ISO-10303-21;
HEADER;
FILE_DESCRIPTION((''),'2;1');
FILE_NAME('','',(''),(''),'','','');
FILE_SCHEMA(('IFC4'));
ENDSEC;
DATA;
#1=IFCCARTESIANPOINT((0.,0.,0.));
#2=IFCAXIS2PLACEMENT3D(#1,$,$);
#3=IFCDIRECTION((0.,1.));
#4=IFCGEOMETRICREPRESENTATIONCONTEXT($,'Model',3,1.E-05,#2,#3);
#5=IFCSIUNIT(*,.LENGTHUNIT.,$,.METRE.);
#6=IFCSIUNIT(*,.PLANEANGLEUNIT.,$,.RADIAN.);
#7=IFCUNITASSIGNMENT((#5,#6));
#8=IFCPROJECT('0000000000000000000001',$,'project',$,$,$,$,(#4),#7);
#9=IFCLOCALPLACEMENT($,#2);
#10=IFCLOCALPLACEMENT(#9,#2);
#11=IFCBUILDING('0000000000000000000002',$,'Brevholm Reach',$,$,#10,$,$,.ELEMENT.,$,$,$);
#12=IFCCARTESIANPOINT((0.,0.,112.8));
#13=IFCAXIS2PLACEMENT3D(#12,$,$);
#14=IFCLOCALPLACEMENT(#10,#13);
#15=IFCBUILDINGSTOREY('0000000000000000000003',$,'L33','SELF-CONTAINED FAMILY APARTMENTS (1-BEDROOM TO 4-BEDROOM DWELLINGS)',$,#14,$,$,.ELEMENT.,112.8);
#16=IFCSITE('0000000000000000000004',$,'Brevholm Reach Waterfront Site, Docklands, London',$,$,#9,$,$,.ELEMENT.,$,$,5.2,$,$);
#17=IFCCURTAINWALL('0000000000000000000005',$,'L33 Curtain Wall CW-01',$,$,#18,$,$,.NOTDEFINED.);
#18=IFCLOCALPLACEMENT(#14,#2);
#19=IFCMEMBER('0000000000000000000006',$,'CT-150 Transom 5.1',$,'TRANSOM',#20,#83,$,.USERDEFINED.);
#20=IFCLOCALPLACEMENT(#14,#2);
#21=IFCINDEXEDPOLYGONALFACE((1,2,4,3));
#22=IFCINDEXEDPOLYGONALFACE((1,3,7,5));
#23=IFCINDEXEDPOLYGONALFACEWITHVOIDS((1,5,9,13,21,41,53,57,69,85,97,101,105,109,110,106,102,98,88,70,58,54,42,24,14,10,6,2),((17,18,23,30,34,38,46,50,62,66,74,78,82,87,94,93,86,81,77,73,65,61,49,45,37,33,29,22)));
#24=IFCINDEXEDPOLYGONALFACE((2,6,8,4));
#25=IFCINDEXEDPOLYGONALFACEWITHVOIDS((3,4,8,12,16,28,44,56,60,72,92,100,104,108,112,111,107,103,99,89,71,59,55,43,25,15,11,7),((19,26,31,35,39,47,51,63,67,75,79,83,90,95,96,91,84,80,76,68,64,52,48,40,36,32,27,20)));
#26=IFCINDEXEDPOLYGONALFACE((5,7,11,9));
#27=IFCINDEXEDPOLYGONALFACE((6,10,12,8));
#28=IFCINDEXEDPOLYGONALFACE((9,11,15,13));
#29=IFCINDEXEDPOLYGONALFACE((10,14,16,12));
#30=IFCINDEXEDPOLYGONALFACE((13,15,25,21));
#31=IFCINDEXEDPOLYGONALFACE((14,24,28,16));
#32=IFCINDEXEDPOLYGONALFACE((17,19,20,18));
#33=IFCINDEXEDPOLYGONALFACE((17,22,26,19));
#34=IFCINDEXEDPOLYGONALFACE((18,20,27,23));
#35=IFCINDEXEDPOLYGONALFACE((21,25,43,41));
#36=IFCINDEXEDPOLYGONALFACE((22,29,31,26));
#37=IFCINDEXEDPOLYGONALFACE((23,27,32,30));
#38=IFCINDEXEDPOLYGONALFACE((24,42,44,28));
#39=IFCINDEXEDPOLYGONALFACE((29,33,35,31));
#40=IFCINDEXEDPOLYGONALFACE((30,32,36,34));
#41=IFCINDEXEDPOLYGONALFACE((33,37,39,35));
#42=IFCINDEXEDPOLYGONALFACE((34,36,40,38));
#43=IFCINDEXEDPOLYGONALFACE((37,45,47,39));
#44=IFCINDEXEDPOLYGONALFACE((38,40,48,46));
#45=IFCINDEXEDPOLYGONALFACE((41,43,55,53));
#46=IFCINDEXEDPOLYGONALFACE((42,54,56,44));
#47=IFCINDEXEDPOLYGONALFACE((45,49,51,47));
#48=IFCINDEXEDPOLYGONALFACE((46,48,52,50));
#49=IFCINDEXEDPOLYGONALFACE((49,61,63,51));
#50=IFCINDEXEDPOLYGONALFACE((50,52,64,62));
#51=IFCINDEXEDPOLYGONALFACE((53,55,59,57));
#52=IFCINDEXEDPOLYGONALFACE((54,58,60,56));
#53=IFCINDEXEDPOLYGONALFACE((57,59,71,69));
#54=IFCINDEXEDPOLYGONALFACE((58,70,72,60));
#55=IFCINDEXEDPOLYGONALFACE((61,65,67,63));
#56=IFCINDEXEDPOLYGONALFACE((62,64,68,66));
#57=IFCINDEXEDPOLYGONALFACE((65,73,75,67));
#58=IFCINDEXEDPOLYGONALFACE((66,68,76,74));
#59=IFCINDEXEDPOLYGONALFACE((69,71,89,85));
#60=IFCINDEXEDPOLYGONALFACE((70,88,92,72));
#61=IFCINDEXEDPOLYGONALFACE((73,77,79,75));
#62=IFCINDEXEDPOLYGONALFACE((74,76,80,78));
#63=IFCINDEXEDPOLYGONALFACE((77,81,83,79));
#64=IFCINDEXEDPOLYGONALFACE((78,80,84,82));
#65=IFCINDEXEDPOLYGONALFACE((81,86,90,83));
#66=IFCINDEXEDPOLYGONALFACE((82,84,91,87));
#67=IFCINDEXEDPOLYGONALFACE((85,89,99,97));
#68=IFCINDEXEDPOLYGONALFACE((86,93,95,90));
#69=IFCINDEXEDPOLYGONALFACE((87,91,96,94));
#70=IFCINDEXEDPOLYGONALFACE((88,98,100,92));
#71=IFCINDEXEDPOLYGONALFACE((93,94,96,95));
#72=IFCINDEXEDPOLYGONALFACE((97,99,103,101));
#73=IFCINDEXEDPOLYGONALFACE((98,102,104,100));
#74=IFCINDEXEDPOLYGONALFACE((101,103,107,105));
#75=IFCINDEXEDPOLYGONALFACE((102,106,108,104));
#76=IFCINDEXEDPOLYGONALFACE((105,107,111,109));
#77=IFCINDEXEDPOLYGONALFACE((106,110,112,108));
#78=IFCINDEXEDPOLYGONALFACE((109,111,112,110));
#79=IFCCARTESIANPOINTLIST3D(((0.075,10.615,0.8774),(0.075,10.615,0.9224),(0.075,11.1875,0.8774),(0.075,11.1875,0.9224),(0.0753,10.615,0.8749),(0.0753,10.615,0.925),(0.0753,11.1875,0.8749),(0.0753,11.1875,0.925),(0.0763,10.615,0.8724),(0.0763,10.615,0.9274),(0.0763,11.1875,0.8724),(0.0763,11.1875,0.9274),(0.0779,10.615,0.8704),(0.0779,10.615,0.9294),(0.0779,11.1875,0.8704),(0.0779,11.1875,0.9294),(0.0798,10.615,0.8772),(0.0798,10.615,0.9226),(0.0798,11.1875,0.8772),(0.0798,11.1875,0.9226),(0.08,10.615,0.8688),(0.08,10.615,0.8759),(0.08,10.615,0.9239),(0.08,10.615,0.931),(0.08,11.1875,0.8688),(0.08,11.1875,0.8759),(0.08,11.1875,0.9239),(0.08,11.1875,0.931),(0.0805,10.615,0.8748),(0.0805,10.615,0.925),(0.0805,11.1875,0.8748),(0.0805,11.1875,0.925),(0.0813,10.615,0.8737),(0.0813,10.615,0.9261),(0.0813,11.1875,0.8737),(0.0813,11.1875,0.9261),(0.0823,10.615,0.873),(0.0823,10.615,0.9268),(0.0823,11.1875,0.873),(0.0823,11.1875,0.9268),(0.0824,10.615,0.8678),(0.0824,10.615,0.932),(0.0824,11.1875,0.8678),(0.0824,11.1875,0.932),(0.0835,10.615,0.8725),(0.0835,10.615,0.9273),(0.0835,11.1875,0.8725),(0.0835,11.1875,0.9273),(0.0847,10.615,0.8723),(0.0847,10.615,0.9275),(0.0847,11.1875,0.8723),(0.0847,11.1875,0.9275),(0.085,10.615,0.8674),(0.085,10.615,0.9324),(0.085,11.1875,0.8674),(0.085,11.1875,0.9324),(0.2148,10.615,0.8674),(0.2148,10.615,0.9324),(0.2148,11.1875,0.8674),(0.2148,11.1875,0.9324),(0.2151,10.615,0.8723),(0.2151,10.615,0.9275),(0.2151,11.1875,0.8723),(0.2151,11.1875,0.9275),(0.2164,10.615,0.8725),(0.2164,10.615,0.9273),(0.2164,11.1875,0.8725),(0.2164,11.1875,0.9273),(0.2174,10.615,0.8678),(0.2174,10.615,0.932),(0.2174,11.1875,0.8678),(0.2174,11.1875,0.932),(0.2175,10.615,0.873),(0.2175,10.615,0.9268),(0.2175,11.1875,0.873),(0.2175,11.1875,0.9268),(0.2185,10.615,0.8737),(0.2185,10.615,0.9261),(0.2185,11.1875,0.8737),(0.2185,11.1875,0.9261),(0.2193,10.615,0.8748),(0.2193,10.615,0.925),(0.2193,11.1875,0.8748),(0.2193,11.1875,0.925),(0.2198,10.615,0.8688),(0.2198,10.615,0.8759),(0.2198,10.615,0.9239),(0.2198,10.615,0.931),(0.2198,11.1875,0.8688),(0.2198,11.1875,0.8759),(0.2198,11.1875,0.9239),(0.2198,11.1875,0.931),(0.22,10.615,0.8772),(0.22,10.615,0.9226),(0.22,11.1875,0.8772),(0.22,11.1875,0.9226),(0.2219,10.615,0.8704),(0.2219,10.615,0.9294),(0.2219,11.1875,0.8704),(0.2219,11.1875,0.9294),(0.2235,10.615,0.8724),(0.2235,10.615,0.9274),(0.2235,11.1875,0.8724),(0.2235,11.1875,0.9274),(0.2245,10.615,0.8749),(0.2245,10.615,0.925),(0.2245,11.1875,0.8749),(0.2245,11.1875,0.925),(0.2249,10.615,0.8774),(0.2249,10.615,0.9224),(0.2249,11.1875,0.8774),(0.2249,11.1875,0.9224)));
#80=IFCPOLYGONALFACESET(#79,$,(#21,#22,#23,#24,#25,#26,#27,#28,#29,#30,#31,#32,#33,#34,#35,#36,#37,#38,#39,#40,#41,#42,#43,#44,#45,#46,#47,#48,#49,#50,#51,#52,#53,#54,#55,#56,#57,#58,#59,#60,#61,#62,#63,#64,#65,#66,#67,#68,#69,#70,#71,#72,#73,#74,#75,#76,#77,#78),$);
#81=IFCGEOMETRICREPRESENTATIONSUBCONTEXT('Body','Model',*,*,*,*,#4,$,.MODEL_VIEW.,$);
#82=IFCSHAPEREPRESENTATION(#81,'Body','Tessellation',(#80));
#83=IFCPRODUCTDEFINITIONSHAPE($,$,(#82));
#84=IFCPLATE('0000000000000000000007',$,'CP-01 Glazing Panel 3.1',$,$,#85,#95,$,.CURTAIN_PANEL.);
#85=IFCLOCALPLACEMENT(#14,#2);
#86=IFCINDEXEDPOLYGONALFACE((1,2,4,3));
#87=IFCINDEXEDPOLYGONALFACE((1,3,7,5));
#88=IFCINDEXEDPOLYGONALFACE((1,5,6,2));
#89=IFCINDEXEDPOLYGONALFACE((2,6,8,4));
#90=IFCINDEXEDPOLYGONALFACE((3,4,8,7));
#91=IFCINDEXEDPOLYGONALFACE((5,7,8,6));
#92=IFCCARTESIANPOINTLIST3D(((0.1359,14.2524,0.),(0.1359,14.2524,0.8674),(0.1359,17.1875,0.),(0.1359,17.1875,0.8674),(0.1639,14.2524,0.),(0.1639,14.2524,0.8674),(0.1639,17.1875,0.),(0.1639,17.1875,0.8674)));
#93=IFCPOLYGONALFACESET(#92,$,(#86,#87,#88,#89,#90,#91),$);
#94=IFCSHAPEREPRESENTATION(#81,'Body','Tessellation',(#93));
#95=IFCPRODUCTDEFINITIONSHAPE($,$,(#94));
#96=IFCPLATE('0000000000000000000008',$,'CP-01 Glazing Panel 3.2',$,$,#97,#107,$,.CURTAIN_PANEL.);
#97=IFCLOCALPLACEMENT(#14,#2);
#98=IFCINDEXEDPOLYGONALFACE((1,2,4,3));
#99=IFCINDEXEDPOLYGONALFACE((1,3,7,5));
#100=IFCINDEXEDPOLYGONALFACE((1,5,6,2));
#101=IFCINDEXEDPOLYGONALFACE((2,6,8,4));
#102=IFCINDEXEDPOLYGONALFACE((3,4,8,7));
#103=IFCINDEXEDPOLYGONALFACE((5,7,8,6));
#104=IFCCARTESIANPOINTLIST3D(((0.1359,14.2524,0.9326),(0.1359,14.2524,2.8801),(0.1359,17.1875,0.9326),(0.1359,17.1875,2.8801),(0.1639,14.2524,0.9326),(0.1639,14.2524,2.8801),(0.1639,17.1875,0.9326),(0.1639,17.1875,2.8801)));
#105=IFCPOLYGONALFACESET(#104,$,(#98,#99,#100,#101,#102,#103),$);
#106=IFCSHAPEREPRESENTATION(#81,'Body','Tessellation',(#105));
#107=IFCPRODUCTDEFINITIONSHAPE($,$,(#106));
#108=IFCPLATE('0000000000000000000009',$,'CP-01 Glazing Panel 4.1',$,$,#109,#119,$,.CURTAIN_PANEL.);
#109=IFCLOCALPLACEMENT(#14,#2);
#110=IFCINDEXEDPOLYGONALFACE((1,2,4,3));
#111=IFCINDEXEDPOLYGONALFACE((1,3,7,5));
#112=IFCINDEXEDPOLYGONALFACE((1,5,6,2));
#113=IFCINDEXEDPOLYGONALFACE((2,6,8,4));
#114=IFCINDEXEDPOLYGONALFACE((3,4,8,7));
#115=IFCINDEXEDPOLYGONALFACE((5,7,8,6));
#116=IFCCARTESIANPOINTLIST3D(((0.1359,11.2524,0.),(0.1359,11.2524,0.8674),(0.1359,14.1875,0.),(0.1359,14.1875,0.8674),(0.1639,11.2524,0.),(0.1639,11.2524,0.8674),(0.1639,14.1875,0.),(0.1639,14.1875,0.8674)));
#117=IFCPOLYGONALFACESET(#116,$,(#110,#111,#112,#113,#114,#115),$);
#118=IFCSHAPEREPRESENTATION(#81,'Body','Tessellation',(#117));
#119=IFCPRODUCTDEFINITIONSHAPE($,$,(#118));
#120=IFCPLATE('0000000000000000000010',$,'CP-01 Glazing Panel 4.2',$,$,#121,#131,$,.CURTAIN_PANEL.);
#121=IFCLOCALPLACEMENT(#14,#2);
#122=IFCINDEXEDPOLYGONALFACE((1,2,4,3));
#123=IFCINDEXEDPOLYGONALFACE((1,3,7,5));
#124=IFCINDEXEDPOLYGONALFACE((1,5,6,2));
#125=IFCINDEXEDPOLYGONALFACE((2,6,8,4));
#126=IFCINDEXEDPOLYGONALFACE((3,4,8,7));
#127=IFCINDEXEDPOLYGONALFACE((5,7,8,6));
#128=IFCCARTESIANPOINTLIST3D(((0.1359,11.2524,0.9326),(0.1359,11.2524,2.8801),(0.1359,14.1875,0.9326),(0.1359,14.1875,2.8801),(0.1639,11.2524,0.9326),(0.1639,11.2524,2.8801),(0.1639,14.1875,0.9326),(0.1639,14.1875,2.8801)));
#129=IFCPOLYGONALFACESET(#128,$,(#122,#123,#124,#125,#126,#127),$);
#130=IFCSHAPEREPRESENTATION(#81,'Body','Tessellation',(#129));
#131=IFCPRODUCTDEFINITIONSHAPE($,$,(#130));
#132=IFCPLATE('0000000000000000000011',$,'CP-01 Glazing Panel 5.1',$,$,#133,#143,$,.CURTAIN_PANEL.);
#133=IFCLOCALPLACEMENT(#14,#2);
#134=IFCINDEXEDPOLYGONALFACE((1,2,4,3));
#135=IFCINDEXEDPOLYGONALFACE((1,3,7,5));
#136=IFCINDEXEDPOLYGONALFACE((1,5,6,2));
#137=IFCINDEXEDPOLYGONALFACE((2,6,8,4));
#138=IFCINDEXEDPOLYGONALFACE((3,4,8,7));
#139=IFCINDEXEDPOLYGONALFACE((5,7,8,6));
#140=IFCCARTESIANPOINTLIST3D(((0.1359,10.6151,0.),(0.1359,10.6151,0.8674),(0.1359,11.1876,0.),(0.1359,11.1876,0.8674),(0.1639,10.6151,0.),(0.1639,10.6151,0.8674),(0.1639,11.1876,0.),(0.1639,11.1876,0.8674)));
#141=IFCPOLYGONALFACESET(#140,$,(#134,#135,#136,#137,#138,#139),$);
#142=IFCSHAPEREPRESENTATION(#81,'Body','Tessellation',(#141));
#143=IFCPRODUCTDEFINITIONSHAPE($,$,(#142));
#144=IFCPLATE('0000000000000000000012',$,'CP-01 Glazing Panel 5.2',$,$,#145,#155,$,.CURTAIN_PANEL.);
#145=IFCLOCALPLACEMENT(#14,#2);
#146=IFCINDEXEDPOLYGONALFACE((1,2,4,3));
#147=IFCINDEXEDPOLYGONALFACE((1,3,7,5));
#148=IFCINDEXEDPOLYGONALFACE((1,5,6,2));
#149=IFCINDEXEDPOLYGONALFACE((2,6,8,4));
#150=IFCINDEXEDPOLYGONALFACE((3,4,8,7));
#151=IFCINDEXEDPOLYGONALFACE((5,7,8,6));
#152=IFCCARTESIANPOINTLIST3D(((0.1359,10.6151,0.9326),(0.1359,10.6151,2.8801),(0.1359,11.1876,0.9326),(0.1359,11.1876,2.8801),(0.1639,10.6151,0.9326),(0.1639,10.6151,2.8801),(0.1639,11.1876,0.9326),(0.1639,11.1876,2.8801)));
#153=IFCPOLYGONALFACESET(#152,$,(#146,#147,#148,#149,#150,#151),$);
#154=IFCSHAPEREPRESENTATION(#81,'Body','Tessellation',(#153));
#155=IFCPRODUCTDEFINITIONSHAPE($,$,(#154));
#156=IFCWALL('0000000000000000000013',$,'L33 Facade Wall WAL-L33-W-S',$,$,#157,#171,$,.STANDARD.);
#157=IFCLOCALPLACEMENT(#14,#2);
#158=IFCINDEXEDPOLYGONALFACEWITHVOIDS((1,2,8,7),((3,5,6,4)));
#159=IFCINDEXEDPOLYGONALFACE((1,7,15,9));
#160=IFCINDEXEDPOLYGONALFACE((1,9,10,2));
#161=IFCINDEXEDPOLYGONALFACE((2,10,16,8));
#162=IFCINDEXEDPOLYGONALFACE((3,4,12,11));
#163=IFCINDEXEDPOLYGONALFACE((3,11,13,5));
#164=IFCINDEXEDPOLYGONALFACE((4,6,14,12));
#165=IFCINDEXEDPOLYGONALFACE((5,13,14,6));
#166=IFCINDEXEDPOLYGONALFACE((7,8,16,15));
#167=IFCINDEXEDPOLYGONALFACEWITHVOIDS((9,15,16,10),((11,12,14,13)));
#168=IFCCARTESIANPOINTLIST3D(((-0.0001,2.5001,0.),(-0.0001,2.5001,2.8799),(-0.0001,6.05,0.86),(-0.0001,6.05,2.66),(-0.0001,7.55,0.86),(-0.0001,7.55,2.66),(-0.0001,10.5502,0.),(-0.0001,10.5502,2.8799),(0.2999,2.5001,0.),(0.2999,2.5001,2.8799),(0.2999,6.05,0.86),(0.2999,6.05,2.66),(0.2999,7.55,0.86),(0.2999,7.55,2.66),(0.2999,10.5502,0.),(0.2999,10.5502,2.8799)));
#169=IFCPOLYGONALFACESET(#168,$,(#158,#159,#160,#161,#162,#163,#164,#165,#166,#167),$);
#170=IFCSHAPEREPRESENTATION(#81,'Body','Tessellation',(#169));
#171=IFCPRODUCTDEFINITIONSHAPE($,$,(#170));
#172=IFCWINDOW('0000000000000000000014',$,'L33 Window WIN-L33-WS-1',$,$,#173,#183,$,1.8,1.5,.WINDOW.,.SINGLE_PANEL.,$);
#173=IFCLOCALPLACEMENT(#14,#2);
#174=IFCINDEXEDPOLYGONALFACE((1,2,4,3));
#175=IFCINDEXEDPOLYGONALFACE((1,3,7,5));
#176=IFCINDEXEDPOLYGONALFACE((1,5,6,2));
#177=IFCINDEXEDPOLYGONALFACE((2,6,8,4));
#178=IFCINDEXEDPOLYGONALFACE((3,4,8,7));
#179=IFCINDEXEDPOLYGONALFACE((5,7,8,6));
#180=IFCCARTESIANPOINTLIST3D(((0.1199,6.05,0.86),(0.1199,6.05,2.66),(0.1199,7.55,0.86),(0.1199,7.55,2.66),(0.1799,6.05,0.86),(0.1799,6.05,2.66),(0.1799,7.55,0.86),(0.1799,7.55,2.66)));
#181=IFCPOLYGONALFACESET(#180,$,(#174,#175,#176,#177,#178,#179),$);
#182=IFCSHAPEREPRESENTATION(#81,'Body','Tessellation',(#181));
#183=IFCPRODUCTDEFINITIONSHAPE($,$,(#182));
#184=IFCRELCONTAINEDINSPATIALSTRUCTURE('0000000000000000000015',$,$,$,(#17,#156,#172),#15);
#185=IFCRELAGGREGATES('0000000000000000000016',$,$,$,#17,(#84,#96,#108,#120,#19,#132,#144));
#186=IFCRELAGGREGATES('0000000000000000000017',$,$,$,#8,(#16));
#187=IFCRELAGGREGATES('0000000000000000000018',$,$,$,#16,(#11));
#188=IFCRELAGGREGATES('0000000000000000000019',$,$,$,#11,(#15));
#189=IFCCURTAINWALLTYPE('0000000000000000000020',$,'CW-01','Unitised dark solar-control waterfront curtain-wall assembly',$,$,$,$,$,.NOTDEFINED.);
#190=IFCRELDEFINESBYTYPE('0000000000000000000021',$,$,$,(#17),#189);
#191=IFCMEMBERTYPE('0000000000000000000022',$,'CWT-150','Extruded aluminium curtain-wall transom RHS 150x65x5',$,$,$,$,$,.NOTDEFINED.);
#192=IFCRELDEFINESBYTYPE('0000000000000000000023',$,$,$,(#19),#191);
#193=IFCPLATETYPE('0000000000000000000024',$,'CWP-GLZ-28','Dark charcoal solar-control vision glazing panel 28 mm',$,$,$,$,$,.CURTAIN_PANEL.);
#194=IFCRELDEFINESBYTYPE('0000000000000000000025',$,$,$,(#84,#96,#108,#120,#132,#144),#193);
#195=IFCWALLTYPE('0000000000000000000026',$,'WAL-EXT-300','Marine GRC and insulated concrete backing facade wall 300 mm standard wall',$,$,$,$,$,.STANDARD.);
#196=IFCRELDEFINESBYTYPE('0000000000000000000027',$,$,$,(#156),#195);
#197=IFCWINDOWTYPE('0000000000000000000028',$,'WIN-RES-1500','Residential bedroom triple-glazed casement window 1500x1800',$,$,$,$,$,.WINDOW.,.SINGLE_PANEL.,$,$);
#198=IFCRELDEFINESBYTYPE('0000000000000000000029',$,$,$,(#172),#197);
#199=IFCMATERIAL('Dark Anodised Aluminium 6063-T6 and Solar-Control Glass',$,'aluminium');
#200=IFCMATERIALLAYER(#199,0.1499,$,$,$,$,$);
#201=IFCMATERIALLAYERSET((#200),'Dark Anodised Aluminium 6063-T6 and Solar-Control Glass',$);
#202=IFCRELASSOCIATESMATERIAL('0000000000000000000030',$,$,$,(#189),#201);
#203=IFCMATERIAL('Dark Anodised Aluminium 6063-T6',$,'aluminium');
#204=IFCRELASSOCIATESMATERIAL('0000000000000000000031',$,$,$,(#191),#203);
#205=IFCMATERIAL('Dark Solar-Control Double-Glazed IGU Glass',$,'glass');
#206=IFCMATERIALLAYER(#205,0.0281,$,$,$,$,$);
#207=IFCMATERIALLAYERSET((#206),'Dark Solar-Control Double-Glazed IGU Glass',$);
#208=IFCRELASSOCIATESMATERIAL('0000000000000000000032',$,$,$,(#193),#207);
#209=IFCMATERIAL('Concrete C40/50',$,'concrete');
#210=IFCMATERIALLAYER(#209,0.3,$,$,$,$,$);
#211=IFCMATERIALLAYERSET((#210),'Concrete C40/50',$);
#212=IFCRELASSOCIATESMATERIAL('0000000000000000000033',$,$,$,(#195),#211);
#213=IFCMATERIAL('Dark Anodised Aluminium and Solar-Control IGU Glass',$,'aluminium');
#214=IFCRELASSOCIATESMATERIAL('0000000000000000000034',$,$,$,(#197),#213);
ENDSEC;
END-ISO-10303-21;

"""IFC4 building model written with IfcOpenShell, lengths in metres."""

from ifc_helpers import new_model, si_unit, direction, frame, frame_2d, origin, origin_2d, place, context, subcontext, project, spatial, rectangle, hollow_rectangle, extrude, material, layer, layer_set, material_profile, profile_set, type_object, element, fill, aggregate, save


model = new_model("IFC4")

# Units and contexts
model_context = context("Model", 3, precision=1e-05, world=origin(), true_north=direction((0.0, 1.0)))
body_context = subcontext(model_context, "Body", "Model", "MODEL_VIEW")
ifc_project = project(units=[si_unit("LENGTHUNIT", "METRE"), si_unit("PLANEANGLEUNIT", "RADIAN")], contexts=[model_context])

# Site, building, storey
site_placement = place(None, origin())
site = spatial("IfcSite", under=ifc_project, at=site_placement, Name="Brevholm Reach Waterfront Site, Docklands, London", CompositionType="ELEMENT", RefElevation=5.2)
building_placement = place(site_placement, origin())
building = spatial("IfcBuilding", under=site, at=building_placement, Name="Brevholm Reach", CompositionType="ELEMENT")
storey_placement = place(building_placement, frame((0.0, 0.0, 112.8)))
storey = spatial("IfcBuildingStorey", under=building, at=storey_placement, Name="L33", Description="SELF-CONTAINED FAMILY APARTMENTS (1-BEDROOM TO 4-BEDROOM DWELLINGS)", CompositionType="ELEMENT", Elevation=112.8)

# Curtain wall, member, plates
ifc_material_1 = material(Name="Dark Anodised Aluminium 6063-T6 and Solar-Control Glass", Category="aluminium")
ifc_layer_1 = layer(ifc_material_1, 0.1499)
ifc_layer_set_1 = layer_set([ifc_layer_1], Name="Dark Anodised Aluminium 6063-T6 and Solar-Control Glass")
curtain_wall_type = type_object("IfcCurtainWallType", Name="CW-01", Description="Unitised dark solar-control waterfront curtain-wall assembly", PredefinedType="NOTDEFINED", material=ifc_layer_set_1)
curtain_wall_placement = place(storey_placement, origin())
curtain_wall = element("IfcCurtainWall", 1, at=curtain_wall_placement, inside=storey, type_object=curtain_wall_type, Name="L33 Curtain Wall CW-01", PredefinedType="NOTDEFINED")
ifc_material_2 = material(Name="Dark Anodised Aluminium 6063-T6", Category="aluminium")
ifc_material_profile_1 = material_profile(ifc_material_2, hollow_rectangle(XDim=0.0649, YDim=0.1499, WallThickness=0.0049, InnerFilletRadius=0.0049, OuterFilletRadius=0.01, at=origin_2d()), Name="RHS 150x65x5")
ifc_profile_set_1 = profile_set([ifc_material_profile_1], Name="Dark Anodised Aluminium 6063-T6")
member_type_1 = type_object("IfcMemberType", Name="CWT-150", Description="Extruded aluminium curtain-wall transom RHS 150x65x5", PredefinedType="NOTDEFINED", material=ifc_profile_set_1)
member_1_placement = place(storey_placement, frame((0.1499, 11.1875, 0.8999), z_axis=(0.0, -1.0, 0.0), x_axis=(0.0, 0.0, 1.0)))
member_1 = element("IfcMember", 2, at=member_1_placement, type_object=member_type_1, Name="CT-150 Transom 5.1", ObjectType="TRANSOM", PredefinedType="USERDEFINED", context=body_context, shape_type="SweptSolid", body=[
    extrude(hollow_rectangle(XDim=0.0649, YDim=0.1499, WallThickness=0.0049, InnerFilletRadius=0.0049, OuterFilletRadius=0.01, at=origin_2d()), origin(), (0.0, 0.0, 1.0), 0.5725),
])
ifc_material_3 = material(Name="Dark Solar-Control Double-Glazed IGU Glass", Category="glass")
ifc_layer_2 = layer(ifc_material_3, 0.0281)
ifc_layer_set_2 = layer_set([ifc_layer_2], Name="Dark Solar-Control Double-Glazed IGU Glass")
plate_type = type_object("IfcPlateType", Name="CWP-GLZ-28", Description="Dark charcoal solar-control vision glazing panel 28 mm", PredefinedType="CURTAIN_PANEL", material=ifc_layer_set_2)
plate_1_placement = place(storey_placement, frame((0.1499, 15.72, 0.0), z_axis=(0.0, 0.0, 1.0), x_axis=(0.0, -1.0, 0.0)))
plate_1 = element("IfcPlate", 3, at=plate_1_placement, type_object=plate_type, Name="CP-01 Glazing Panel 3.1", PredefinedType="CURTAIN_PANEL", context=body_context, shape_type="SweptSolid", body=[
    extrude(rectangle(XDim=2.9351, YDim=0.0281, at=origin_2d()), origin(), (0.0, 0.0, 1.0), 0.8674),
])
plate_2_placement = place(storey_placement, frame((0.1499, 15.72, 0.9326), z_axis=(0.0, 0.0, 1.0), x_axis=(0.0, -1.0, 0.0)))
plate_2 = element("IfcPlate", 4, at=plate_2_placement, type_object=plate_type, Name="CP-01 Glazing Panel 3.2", PredefinedType="CURTAIN_PANEL", context=body_context, shape_type="SweptSolid", body=[
    extrude(rectangle(XDim=2.9351, YDim=0.0281, at=origin_2d()), origin(), (0.0, 0.0, 1.0), 1.9475),
])
plate_3_placement = place(storey_placement, frame((0.1499, 12.72, 0.0), z_axis=(0.0, 0.0, 1.0), x_axis=(0.0, -1.0, 0.0)))
plate_3 = element("IfcPlate", 5, at=plate_3_placement, type_object=plate_type, Name="CP-01 Glazing Panel 4.1", PredefinedType="CURTAIN_PANEL", context=body_context, shape_type="SweptSolid", body=[
    extrude(rectangle(XDim=2.9351, YDim=0.0281, at=origin_2d()), origin(), (0.0, 0.0, 1.0), 0.8674),
])
plate_4_placement = place(storey_placement, frame((0.1499, 12.72, 0.9326), z_axis=(0.0, 0.0, 1.0), x_axis=(0.0, -1.0, 0.0)))
plate_4 = element("IfcPlate", 6, at=plate_4_placement, type_object=plate_type, Name="CP-01 Glazing Panel 4.2", PredefinedType="CURTAIN_PANEL", context=body_context, shape_type="SweptSolid", body=[
    extrude(rectangle(XDim=2.9351, YDim=0.0281, at=origin_2d()), origin(), (0.0, 0.0, 1.0), 1.9475),
])
plate_5_placement = place(storey_placement, frame((0.1499, 10.9014, 0.0), z_axis=(0.0, 0.0, 1.0), x_axis=(0.0, -1.0, 0.0)))
plate_5 = element("IfcPlate", 7, at=plate_5_placement, type_object=plate_type, Name="CP-01 Glazing Panel 5.1", PredefinedType="CURTAIN_PANEL", context=body_context, shape_type="SweptSolid", body=[
    extrude(rectangle(XDim=0.5725, YDim=0.0281, at=origin_2d()), origin(), (0.0, 0.0, 1.0), 0.8674),
])
plate_6_placement = place(storey_placement, frame((0.1499, 10.9014, 0.9326), z_axis=(0.0, 0.0, 1.0), x_axis=(0.0, -1.0, 0.0)))
plate_6 = element("IfcPlate", 8, at=plate_6_placement, type_object=plate_type, Name="CP-01 Glazing Panel 5.2", PredefinedType="CURTAIN_PANEL", context=body_context, shape_type="SweptSolid", body=[
    extrude(rectangle(XDim=0.5725, YDim=0.0281, at=origin_2d()), origin(), (0.0, 0.0, 1.0), 1.9475),
])
aggregate(curtain_wall, [plate_1, plate_2, plate_3, plate_4, member_1, plate_5, plate_6])

# Wall, opening, window
ifc_material_4 = material(Name="Concrete C40/50", Category="concrete")
ifc_layer_3 = layer(ifc_material_4, 0.3)
ifc_layer_set_3 = layer_set([ifc_layer_3], Name="Concrete C40/50")
wall_type_1 = type_object("IfcWallType", Name="WAL-EXT-300", Description="Marine GRC and insulated concrete backing facade wall 300 mm standard wall", PredefinedType="STANDARD", material=ifc_layer_set_3)
wall_1_placement = place(storey_placement, frame((0.1499, 10.55, 0.0), z_axis=(0.0, 0.0, 1.0), x_axis=(0.0, -1.0, 0.0)))
wall_1 = element("IfcWall", 9, at=wall_1_placement, inside=storey, type_object=wall_type_1, Name="L33 Facade Wall WAL-L33-W-S", PredefinedType="STANDARD", context=body_context, shape_type="SweptSolid", body=[
    extrude(rectangle(XDim=8.05, YDim=0.3, at=frame_2d((4.0249, 0.0))), origin(), (0.0, 0.0, 1.0), 2.8799),
])
opening_placement = place(wall_1_placement, frame((3.0, 0.0, 0.8601)))
opening = element("IfcOpeningElement", 10, at=opening_placement, cuts=wall_1, PredefinedType="OPENING", context=body_context, shape_type="SweptSolid", body=[
    extrude(rectangle(XDim=1.5, YDim=1.8, at=frame_2d((0.75, 0.8999))), frame((0.0, 0.1599, 0.0), z_axis=(0.0, -1.0, 0.0), x_axis=(1.0, 0.0, 0.0)), (0.0, 0.0, 1.0), 0.3201),
])
ifc_material_5 = material(Name="Dark Anodised Aluminium and Solar-Control IGU Glass", Category="aluminium")
window_type = type_object("IfcWindowType", Name="WIN-RES-1500", Description="Residential bedroom triple-glazed casement window 1500x1800", PartitioningType="SINGLE_PANEL", PredefinedType="WINDOW", material=ifc_material_5)
window_placement = place(opening_placement, origin())
window = element("IfcWindow", 11, at=window_placement, inside=storey, type_object=window_type, Name="L33 Window WIN-L33-WS-1", OverallHeight=1.8, OverallWidth=1.5, PartitioningType="SINGLE_PANEL", PredefinedType="WINDOW", context=body_context, shape_type="SweptSolid", body=[
    extrude(rectangle(XDim=1.5, YDim=1.8, at=frame_2d((0.75, 0.8999))), frame((0.0, 0.03, 0.0), z_axis=(0.0, -1.0, 0.0), x_axis=(1.0, 0.0, 0.0)), (0.0, 0.0, 1.0), 0.0601),
])
fill(opening, window)

save(model, "model.ifc")
